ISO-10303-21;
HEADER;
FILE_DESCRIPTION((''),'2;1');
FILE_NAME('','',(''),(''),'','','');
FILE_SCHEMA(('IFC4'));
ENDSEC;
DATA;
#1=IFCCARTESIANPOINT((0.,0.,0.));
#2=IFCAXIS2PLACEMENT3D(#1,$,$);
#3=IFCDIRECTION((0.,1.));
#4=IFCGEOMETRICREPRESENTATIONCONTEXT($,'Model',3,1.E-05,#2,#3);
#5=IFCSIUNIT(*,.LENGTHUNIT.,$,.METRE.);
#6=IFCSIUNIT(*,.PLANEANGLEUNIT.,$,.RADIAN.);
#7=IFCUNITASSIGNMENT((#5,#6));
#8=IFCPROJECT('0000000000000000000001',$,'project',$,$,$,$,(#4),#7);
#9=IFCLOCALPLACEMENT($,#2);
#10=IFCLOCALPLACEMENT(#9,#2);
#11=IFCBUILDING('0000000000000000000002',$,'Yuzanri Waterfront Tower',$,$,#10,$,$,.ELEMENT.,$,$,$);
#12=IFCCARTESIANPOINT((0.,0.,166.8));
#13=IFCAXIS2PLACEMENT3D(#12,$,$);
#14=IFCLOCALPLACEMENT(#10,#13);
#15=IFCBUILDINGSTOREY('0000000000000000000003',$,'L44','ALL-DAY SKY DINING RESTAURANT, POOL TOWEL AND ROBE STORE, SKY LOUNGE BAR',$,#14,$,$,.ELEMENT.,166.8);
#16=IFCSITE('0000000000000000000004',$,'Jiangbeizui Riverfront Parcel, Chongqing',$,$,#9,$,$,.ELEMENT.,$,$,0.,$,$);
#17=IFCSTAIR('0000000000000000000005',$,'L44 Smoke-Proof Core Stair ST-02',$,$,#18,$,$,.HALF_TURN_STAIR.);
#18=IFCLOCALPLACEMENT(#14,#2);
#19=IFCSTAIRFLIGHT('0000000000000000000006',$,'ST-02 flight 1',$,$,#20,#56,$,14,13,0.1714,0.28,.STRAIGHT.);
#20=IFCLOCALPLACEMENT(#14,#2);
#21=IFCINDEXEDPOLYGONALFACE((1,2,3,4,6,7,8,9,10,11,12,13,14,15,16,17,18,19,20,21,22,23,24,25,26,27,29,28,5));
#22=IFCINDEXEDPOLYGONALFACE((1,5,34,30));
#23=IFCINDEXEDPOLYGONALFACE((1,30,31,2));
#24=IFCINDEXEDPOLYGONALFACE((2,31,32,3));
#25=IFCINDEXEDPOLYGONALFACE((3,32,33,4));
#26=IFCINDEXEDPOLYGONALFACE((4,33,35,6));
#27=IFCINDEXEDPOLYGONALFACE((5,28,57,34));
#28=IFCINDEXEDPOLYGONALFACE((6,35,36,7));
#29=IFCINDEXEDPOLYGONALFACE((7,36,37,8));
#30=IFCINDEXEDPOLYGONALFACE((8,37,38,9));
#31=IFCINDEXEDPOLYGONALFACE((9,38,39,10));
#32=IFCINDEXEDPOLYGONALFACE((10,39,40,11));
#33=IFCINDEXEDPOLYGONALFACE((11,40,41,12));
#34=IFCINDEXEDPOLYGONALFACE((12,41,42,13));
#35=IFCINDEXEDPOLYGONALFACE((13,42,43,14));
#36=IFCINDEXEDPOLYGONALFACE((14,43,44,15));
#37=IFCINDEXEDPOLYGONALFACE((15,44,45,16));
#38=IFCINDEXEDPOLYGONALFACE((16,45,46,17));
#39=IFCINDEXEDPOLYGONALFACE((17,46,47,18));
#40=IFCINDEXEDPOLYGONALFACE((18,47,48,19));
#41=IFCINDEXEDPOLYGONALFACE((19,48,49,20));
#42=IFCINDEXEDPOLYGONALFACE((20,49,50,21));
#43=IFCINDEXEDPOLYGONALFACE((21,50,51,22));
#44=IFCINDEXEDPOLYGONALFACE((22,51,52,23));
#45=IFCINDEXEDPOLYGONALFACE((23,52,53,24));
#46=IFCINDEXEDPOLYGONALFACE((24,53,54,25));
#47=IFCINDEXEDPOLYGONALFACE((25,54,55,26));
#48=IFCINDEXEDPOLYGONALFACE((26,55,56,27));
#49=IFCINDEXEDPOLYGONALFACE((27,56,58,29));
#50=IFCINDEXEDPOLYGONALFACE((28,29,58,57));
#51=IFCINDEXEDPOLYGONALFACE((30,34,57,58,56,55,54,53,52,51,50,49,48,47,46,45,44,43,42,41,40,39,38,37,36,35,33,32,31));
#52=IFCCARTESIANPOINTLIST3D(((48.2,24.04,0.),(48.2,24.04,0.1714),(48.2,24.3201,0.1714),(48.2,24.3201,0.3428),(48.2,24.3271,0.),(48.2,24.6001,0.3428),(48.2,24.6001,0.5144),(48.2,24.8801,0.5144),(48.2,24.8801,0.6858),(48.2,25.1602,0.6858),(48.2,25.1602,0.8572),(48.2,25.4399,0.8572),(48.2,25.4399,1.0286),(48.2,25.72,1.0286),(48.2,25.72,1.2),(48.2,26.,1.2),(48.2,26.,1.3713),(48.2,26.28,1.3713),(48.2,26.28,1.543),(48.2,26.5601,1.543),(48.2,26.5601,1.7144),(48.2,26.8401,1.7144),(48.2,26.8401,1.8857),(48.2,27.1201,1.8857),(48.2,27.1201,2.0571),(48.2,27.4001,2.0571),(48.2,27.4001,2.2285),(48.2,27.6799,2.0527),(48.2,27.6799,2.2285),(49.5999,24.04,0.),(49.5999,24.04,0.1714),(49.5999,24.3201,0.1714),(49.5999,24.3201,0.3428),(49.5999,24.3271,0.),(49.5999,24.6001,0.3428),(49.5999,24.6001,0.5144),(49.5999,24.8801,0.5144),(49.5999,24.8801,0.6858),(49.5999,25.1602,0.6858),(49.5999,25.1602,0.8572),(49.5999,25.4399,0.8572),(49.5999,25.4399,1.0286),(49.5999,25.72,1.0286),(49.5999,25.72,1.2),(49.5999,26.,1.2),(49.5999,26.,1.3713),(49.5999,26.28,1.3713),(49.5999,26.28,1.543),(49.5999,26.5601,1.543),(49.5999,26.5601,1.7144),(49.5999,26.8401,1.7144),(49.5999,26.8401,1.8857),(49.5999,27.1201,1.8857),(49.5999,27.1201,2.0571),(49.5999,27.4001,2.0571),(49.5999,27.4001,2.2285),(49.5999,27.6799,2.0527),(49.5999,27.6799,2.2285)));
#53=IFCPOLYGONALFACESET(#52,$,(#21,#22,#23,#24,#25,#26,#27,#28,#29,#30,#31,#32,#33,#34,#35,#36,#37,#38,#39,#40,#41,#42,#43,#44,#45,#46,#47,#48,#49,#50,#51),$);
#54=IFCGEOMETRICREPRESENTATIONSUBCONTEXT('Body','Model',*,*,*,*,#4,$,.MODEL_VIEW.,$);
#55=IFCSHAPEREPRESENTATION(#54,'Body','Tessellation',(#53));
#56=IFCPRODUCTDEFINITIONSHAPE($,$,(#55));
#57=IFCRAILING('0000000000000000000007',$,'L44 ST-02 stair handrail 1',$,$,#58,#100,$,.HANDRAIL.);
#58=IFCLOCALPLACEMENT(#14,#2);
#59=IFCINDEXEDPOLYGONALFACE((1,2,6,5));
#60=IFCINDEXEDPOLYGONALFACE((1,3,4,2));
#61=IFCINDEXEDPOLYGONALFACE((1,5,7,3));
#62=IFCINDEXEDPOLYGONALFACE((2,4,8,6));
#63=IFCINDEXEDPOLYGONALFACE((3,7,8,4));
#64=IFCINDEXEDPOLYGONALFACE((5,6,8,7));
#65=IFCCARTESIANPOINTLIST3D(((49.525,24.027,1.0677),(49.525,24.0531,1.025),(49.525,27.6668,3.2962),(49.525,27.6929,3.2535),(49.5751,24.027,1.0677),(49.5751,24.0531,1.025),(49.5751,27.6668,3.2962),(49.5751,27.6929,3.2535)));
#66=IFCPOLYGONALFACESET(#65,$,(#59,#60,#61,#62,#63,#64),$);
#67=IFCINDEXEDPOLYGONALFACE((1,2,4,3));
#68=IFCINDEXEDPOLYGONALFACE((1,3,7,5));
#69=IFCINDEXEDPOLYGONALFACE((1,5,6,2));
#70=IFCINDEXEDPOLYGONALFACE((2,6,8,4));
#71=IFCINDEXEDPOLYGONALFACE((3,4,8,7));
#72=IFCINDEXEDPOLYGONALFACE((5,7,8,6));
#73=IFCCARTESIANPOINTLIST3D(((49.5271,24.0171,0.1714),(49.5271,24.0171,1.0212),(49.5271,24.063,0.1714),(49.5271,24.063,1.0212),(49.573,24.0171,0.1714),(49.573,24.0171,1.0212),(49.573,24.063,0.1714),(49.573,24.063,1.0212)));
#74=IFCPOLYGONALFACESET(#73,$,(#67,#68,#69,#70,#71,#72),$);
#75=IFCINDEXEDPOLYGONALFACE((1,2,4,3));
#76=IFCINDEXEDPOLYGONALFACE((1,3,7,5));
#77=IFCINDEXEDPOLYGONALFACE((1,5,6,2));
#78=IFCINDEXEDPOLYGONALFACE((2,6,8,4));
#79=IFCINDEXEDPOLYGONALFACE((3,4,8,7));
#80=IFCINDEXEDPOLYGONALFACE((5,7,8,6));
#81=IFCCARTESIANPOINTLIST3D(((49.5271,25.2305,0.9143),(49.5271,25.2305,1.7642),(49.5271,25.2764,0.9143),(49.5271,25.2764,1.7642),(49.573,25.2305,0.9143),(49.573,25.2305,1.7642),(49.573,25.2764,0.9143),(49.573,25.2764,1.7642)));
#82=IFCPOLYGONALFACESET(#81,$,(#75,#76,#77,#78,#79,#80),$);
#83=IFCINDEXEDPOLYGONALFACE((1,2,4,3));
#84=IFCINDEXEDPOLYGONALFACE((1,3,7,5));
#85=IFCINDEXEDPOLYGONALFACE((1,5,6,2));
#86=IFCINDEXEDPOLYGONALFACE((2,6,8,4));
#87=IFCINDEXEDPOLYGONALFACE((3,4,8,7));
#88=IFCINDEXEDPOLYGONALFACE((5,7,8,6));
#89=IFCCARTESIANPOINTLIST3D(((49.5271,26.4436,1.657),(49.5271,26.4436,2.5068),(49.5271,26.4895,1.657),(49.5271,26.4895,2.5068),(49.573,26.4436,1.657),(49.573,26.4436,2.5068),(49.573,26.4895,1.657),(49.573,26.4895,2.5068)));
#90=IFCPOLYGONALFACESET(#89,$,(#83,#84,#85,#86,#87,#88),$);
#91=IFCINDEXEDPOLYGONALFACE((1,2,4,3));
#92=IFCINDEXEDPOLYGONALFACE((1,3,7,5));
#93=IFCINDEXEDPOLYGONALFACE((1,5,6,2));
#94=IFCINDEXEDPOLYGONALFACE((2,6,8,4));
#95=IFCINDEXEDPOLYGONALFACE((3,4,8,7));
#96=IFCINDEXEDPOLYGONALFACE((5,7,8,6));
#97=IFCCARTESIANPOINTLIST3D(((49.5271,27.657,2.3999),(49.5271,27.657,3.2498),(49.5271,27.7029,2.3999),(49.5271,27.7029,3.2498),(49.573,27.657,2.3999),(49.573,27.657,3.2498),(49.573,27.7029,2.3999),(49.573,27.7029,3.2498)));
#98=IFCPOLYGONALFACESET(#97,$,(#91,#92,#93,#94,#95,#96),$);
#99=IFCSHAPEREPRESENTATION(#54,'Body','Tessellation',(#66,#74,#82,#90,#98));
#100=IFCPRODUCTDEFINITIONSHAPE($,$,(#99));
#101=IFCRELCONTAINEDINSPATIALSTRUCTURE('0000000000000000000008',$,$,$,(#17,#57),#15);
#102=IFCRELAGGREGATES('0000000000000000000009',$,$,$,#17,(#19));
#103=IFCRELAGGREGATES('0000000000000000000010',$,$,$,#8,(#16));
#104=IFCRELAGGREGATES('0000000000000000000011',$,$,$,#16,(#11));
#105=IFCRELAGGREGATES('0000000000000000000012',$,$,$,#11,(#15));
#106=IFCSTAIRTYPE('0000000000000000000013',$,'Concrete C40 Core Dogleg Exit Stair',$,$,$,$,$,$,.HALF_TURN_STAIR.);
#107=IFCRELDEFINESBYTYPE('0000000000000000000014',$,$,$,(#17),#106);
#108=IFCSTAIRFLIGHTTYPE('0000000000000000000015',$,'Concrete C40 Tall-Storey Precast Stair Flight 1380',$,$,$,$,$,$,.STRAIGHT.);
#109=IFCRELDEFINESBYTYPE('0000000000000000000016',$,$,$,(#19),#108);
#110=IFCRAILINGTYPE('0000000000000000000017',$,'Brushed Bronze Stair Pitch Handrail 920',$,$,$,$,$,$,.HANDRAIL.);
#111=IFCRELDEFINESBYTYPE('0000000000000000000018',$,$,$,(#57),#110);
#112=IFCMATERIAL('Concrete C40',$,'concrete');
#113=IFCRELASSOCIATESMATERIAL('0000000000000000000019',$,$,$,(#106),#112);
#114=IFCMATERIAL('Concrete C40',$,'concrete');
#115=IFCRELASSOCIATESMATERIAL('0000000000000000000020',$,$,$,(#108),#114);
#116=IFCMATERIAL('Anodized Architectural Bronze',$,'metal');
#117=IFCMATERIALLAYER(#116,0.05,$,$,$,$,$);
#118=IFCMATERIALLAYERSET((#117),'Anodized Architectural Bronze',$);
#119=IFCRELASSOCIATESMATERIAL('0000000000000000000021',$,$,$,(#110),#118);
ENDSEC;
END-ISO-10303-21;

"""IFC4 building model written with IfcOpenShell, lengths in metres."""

from ifc_helpers import new_model, si_unit, direction, frame, origin, origin_2d, place, context, subcontext, project, spatial, polyline, rectangle, outline, extrude, source, transform, mapped, material, layer, layer_set, type_object, element, aggregate, save


model = new_model("IFC4")

# Units and contexts
model_context = context("Model", 3, precision=1e-05, world=origin(), true_north=direction((0.0, 1.0)))
body_context = subcontext(model_context, "Body", "Model", "MODEL_VIEW")
ifc_project = project(units=[si_unit("LENGTHUNIT", "METRE"), si_unit("PLANEANGLEUNIT", "RADIAN")], contexts=[model_context])

# Site, building, storey
site_placement = place(None, origin())
site = spatial("IfcSite", under=ifc_project, at=site_placement, Name="Jiangbeizui Riverfront Parcel, Chongqing", CompositionType="ELEMENT", RefElevation=0.0)
building_placement = place(site_placement, origin())
building = spatial("IfcBuilding", under=site, at=building_placement, Name="Yuzanri Waterfront Tower", CompositionType="ELEMENT")
storey_placement = place(building_placement, frame((0.0, 0.0, 166.8)))
storey = spatial("IfcBuildingStorey", under=building, at=storey_placement, Name="L44", Description="ALL-DAY SKY DINING RESTAURANT, POOL TOWEL AND ROBE STORE, SKY LOUNGE BAR", CompositionType="ELEMENT", Elevation=166.8)

# Stair, stair flight
ifc_material_1 = material(Name="Concrete C40", Category="concrete")
stair_type = type_object("IfcStairType", Name="Concrete C40 Core Dogleg Exit Stair", PredefinedType="HALF_TURN_STAIR", material=ifc_material_1)
stair_placement = place(storey_placement, origin())
stair = element("IfcStair", 1, at=stair_placement, inside=storey, type_object=stair_type, Name="L44 Smoke-Proof Core Stair ST-02", PredefinedType="HALF_TURN_STAIR")
ifc_material_2 = material(Name="Concrete C40", Category="concrete")
stair_flight_type = type_object("IfcStairFlightType", Name="Concrete C40 Tall-Storey Precast Stair Flight 1380", PredefinedType="STRAIGHT", material=ifc_material_2)
shared_shape_1 = source(origin(), body_context, "Body", "SweptSolid", [
    extrude(outline(polyline([(0.0, 0.0), (0.0, 0.1714), (0.28, 0.1714), (0.28, 0.3428), (0.5601, 0.3428), (0.5601, 0.5144), (0.8401, 0.5144), (0.8401, 0.6858), (1.1201, 0.6858), (1.1201, 0.8572), (1.3999, 0.8572), (1.3999, 1.0286), (1.6799, 1.0286), (1.6799, 1.2), (1.96, 1.2), (1.96, 1.3713), (2.24, 1.3713), (2.24, 1.543), (2.52, 1.543), (2.52, 1.7144), (2.8, 1.7144), (2.8, 1.8857), (3.0801, 1.8857), (3.0801, 2.0571), (3.3601, 2.0571), (3.3601, 2.2285), (3.6399, 2.2285), (3.6399, 2.3999), (3.6399, 2.0527), (0.2871, 0.0), (0.0, 0.0)])), frame((0.0, 0.7, 0.0), z_axis=(0.0, -1.0, 0.0), x_axis=(1.0, 0.0, 0.0)), (0.0, 0.0, 1.0), 1.3999),
])
stair_flight_placement = place(storey_placement, frame((48.8999, 24.04, 0.0), z_axis=(0.0, 0.0, 1.0), x_axis=(0.0, 1.0, 0.0)))
stair_flight = element("IfcStairFlight", 2, at=stair_flight_placement, type_object=stair_flight_type, Name="ST-02 flight 1", NumberOfRisers=14, NumberOfTreads=13, PredefinedType="STRAIGHT", RiserHeight=0.1714, TreadLength=0.28, context=body_context, shape_type="MappedRepresentation", body=[
    mapped(shared_shape_1, transform((0.0, 0.0, 0.0), scale=1.0)),
])
aggregate(stair, [stair_flight])

# Railing
ifc_material_3 = material(Name="Anodized Architectural Bronze", Category="metal")
ifc_layer_1 = layer(ifc_material_3, 0.05)
ifc_layer_set_1 = layer_set([ifc_layer_1], Name="Anodized Architectural Bronze")
railing_type = type_object("IfcRailingType", Name="Brushed Bronze Stair Pitch Handrail 920", PredefinedType="HANDRAIL", material=ifc_layer_set_1)
shared_shape_2 = source(origin(), body_context, "Body", "SweptSolid", [
    extrude(rectangle(XDim=0.05, YDim=0.05, at=origin_2d()), frame((0.0, 0.0, 0.875), z_axis=(0.0, 0.85285, 0.522156), x_axis=(-1.0, 0.0, 0.0)), (0.0, 0.0, 1.0), 4.2678),
    extrude(rectangle(XDim=0.0459, YDim=0.0459, at=origin_2d()), origin(), (0.0, 0.0, 1.0), 0.8499),
    extrude(rectangle(XDim=0.0459, YDim=0.0459, at=origin_2d()), frame((0.0, 1.2134, 0.7429)), (0.0, 0.0, 1.0), 0.8499),
    extrude(rectangle(XDim=0.0459, YDim=0.0459, at=origin_2d()), frame((0.0, 2.4265, 1.4856)), (0.0, 0.0, 1.0), 0.8499),
    extrude(rectangle(XDim=0.0459, YDim=0.0459, at=origin_2d()), frame((0.0, 3.6399, 2.2285)), (0.0, 0.0, 1.0), 0.8499),
])
railing_placement = place(storey_placement, frame((49.55, 24.04, 0.1714)))
element("IfcRailing", 3, at=railing_placement, inside=storey, type_object=railing_type, Name="L44 ST-02 stair handrail 1", PredefinedType="HANDRAIL", context=body_context, shape_type="MappedRepresentation", body=[
    mapped(shared_shape_2, transform((0.0, 0.0, 0.0), scale=1.0)),
])

save(model, "model.ifc")
